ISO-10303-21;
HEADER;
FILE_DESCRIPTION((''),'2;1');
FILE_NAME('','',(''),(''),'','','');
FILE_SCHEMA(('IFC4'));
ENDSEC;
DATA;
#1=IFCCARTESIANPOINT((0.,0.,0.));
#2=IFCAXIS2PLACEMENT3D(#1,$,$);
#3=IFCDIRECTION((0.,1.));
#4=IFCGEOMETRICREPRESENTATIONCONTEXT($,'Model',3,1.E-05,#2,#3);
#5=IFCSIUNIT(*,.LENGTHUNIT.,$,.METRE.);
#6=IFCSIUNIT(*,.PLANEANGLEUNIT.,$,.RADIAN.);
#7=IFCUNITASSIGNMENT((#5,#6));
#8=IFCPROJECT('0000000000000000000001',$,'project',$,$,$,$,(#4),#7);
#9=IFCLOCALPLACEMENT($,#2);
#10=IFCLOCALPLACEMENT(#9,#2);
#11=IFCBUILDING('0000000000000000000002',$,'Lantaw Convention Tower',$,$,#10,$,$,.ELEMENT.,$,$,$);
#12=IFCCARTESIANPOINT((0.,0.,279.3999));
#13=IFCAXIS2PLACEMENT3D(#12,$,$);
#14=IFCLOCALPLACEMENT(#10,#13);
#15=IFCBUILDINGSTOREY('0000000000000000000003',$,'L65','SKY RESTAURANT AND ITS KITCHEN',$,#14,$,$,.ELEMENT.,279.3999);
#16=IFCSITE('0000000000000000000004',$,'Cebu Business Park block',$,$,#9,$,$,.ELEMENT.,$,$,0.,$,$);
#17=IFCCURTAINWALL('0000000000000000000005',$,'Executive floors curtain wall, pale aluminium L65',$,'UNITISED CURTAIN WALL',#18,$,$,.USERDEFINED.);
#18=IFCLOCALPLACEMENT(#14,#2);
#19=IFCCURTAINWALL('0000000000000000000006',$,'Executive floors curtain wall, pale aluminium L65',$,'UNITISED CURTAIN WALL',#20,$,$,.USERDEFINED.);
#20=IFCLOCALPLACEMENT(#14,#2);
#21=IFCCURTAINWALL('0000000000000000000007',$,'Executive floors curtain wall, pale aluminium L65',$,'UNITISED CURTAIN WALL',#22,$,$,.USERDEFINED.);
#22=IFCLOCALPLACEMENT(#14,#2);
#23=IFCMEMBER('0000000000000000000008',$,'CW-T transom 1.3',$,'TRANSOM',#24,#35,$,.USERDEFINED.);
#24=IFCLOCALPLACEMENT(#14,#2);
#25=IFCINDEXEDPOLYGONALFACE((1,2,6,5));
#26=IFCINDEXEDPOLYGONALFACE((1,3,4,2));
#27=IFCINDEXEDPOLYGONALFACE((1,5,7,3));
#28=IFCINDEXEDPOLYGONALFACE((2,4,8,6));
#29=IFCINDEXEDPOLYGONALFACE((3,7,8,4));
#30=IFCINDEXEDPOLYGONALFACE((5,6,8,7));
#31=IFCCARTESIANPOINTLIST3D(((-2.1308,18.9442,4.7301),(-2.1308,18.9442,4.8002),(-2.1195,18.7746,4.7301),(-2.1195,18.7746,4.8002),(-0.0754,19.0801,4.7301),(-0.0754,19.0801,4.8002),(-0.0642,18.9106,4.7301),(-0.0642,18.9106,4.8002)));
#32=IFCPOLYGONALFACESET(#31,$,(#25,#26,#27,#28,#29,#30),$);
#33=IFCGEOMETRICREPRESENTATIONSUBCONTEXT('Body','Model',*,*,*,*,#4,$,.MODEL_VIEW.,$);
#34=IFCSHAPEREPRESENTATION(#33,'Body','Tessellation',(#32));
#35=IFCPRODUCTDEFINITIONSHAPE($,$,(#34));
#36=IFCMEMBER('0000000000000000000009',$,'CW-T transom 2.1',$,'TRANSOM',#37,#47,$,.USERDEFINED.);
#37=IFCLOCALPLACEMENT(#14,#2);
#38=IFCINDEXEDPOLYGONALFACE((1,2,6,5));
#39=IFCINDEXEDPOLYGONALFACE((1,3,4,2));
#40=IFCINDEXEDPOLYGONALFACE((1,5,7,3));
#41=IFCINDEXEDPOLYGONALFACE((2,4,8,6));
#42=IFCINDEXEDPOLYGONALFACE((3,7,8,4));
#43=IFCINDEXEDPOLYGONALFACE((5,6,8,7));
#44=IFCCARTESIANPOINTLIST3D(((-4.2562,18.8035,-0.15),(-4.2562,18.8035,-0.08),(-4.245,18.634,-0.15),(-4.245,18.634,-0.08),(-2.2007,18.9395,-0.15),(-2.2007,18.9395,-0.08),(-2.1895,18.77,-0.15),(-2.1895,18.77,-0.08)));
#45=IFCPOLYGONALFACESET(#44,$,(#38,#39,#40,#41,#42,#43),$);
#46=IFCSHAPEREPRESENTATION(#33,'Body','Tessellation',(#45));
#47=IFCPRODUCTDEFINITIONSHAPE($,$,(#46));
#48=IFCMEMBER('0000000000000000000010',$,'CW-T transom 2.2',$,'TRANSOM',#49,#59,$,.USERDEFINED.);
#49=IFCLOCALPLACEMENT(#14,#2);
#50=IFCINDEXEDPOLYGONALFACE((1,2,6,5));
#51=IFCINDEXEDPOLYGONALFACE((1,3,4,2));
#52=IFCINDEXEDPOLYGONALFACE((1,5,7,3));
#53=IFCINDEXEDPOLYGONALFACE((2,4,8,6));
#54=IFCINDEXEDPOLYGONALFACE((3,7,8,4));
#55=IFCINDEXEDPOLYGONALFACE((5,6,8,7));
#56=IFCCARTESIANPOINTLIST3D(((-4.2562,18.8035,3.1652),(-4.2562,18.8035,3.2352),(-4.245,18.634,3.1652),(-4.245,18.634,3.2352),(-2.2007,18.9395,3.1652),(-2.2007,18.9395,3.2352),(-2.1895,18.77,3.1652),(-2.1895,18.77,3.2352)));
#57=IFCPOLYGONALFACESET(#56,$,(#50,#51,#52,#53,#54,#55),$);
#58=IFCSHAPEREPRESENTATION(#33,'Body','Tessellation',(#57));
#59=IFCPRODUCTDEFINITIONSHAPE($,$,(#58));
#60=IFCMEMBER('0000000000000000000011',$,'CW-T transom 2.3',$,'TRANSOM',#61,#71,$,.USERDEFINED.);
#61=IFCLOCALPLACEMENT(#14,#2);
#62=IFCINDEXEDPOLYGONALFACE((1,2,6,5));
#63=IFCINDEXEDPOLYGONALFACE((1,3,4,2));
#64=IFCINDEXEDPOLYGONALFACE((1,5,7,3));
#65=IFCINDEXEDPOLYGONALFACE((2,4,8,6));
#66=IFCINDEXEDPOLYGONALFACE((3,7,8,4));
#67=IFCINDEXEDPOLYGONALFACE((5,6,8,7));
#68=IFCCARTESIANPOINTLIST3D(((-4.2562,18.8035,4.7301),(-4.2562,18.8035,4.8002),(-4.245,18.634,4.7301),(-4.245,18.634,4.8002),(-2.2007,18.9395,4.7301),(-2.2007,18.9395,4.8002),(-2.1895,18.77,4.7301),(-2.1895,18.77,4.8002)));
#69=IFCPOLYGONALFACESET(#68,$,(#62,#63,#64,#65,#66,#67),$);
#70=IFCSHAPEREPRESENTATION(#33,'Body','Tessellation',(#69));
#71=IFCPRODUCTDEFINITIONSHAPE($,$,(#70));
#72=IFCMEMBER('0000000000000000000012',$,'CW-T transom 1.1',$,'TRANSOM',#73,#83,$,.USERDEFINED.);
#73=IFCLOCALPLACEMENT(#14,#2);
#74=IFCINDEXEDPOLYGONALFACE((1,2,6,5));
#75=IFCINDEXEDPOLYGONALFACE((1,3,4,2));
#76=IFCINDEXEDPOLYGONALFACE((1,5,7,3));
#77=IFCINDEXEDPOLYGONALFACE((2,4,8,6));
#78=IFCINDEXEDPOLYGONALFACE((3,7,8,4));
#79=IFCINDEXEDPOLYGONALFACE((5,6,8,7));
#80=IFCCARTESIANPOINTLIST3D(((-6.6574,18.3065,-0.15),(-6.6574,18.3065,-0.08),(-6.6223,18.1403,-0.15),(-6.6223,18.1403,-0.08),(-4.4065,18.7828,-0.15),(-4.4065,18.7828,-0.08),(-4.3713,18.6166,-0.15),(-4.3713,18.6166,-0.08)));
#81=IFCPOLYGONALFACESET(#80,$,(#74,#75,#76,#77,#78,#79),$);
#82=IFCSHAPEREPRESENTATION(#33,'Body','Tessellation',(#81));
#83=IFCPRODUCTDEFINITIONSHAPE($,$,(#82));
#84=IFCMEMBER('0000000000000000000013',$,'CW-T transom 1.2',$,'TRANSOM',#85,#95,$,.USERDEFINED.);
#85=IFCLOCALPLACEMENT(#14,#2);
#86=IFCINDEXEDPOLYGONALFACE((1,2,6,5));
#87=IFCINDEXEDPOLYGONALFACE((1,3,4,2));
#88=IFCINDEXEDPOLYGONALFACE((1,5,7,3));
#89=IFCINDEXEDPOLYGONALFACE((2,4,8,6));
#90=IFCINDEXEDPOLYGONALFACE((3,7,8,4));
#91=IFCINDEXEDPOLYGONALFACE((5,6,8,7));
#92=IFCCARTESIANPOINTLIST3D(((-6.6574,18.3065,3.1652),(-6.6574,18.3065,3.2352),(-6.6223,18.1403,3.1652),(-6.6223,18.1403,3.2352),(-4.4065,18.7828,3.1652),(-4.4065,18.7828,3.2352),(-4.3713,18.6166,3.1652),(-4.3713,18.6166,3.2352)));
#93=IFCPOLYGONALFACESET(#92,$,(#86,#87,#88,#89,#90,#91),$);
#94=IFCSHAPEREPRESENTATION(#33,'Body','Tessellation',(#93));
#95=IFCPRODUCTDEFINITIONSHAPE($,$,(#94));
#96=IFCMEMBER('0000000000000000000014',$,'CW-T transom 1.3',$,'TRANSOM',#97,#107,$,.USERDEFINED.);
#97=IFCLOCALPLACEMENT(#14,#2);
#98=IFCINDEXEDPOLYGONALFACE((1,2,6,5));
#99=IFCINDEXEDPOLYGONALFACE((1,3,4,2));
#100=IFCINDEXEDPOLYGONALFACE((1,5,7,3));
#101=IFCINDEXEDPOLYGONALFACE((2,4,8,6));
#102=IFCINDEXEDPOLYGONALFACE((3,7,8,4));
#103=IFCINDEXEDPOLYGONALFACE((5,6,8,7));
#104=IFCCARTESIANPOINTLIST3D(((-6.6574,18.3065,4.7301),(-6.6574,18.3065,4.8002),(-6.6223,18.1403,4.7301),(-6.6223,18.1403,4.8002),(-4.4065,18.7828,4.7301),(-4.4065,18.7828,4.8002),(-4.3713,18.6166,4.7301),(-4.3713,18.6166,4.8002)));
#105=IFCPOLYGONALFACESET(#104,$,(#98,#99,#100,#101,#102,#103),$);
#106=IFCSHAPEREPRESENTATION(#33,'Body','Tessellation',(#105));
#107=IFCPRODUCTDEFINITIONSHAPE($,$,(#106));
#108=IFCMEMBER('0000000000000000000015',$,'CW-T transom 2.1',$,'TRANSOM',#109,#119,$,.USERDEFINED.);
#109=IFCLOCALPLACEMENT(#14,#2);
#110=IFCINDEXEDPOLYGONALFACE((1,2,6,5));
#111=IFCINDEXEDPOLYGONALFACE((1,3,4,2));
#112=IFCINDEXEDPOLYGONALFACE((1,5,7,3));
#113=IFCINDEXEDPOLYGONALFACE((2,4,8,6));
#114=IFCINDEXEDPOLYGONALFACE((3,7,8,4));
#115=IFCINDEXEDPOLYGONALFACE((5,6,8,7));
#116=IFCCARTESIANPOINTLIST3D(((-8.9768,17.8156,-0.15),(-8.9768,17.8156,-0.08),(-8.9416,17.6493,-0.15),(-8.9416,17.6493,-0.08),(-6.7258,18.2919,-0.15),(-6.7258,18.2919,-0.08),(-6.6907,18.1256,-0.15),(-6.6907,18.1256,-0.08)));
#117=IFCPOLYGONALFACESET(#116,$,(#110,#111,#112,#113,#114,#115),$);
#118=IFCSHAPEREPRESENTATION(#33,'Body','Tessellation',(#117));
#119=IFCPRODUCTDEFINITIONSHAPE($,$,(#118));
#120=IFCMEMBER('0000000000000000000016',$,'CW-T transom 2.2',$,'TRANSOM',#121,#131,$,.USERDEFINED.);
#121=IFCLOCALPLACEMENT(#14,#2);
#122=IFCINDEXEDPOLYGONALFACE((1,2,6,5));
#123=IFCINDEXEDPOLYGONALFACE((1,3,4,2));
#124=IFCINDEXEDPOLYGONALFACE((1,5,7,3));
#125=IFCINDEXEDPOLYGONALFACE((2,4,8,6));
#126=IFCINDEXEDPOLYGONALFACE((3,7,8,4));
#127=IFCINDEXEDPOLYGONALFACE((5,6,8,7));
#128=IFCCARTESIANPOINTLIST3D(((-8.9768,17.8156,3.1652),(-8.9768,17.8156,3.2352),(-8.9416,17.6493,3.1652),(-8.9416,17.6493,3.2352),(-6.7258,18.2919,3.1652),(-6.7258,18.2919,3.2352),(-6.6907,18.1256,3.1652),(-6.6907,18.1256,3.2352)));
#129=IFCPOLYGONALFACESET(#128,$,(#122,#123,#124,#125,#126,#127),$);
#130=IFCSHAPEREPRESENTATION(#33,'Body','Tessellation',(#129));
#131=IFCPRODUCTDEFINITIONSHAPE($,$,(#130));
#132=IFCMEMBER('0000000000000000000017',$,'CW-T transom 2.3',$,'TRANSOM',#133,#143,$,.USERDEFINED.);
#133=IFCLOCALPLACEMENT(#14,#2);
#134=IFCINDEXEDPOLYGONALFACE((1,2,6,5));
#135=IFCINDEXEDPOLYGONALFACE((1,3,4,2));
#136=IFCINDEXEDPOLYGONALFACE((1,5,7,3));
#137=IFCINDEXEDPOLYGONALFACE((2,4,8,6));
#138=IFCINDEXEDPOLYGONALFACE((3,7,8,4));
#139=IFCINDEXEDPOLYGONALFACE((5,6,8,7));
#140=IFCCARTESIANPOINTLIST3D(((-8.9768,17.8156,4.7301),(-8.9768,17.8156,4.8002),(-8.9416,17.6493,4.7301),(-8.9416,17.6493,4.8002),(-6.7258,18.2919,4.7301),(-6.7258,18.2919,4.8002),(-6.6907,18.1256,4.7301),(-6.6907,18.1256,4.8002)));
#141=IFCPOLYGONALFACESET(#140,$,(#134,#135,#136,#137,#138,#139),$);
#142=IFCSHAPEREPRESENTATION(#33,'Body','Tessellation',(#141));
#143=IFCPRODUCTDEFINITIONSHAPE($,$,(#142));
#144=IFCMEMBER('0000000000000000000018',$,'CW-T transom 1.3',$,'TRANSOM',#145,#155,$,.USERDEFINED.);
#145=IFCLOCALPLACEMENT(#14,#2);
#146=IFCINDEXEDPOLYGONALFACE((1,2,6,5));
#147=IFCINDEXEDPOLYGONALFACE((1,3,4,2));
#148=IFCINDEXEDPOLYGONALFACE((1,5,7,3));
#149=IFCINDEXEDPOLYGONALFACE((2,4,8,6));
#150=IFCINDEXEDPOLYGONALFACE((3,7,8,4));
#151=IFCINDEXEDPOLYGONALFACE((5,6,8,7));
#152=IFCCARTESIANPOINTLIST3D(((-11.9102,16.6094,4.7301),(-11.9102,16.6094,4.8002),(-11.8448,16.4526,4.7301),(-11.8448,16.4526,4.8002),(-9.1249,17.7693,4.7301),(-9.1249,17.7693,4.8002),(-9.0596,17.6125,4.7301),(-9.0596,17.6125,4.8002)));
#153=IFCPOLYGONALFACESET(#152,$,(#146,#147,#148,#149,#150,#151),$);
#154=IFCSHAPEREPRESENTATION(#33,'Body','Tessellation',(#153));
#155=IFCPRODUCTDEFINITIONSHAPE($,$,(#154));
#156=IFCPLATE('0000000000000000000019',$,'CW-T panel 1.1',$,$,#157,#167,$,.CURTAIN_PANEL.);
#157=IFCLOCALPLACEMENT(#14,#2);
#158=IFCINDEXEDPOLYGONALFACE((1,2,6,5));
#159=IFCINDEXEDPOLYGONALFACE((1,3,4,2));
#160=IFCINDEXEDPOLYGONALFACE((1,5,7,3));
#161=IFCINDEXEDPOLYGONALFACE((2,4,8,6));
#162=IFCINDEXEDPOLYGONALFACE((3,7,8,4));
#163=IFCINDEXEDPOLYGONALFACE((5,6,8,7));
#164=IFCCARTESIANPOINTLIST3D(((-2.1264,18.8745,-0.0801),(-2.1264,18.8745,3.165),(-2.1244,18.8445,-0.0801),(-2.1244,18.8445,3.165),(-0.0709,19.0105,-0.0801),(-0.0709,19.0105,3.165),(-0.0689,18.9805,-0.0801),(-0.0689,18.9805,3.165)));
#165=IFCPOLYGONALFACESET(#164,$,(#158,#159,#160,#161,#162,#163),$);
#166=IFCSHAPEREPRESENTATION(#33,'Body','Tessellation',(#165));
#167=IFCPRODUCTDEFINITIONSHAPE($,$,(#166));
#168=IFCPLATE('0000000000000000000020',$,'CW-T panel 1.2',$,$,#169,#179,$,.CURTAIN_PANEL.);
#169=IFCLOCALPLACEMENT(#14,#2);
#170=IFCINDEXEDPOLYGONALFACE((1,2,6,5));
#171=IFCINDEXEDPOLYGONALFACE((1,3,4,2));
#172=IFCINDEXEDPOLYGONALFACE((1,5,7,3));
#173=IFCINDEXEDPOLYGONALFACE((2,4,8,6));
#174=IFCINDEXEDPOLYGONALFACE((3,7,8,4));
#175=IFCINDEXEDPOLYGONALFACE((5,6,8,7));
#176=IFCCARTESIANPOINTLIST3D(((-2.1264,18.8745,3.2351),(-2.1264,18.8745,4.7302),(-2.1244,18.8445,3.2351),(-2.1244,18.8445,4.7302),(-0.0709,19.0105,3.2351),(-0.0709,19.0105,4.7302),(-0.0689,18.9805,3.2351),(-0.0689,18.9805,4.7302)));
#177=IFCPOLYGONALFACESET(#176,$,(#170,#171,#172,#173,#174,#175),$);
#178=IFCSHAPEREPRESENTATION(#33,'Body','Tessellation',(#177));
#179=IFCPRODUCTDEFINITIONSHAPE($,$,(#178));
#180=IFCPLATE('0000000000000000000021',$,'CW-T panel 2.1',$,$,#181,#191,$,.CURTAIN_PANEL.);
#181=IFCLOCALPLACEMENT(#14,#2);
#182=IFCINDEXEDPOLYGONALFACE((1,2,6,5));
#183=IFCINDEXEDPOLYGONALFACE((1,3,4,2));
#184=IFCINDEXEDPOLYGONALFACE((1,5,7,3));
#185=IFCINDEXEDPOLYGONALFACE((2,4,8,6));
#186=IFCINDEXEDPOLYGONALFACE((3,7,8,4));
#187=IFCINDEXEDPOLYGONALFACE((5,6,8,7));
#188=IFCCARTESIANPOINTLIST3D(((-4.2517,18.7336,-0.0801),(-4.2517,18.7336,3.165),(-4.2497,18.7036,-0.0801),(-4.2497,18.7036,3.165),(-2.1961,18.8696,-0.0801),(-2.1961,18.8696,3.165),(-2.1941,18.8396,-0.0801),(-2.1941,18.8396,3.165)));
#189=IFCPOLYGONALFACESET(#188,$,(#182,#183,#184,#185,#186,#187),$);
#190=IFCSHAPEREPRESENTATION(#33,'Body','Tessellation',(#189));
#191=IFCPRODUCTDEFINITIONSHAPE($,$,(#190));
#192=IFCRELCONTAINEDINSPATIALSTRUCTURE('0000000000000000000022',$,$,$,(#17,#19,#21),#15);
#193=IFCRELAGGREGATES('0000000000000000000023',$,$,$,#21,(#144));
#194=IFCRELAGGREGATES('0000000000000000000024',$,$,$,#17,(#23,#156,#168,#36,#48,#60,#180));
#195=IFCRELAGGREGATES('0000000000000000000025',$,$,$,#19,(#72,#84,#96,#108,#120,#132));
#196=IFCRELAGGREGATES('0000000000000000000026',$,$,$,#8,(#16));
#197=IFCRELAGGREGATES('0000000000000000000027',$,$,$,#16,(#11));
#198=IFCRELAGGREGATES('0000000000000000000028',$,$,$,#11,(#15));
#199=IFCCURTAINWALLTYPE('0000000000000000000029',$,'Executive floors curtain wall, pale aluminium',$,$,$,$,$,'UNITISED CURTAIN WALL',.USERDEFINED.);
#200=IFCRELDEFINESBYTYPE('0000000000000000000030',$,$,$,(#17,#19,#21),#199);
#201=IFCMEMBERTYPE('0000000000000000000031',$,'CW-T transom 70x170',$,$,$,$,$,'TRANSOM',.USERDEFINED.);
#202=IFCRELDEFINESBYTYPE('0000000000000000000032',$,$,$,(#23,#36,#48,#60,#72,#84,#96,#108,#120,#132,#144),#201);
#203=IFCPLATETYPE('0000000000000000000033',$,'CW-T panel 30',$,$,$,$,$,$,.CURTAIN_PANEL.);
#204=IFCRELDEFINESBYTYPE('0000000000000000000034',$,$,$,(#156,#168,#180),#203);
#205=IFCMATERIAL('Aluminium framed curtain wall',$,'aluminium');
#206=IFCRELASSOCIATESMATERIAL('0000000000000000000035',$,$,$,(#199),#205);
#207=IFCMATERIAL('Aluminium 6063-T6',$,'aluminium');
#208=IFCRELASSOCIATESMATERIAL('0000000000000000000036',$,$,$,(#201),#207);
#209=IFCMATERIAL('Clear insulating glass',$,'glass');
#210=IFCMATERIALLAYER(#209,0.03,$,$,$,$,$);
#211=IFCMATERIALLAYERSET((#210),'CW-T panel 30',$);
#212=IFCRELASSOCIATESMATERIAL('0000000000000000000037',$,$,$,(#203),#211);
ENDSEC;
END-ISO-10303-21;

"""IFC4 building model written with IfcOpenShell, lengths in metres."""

from ifc_helpers import new_model, si_unit, direction, frame, origin, origin_2d, place, context, subcontext, project, spatial, rectangle, extrude, material, layer, layer_set, material_profile, profile_set, type_object, element, aggregate, save


model = new_model("IFC4")

# Units and contexts
model_context = context("Model", 3, precision=1e-05, world=origin(), true_north=direction((0.0, 1.0)))
body_context = subcontext(model_context, "Body", "Model", "MODEL_VIEW")
ifc_project = project(units=[si_unit("LENGTHUNIT", "METRE"), si_unit("PLANEANGLEUNIT", "RADIAN")], contexts=[model_context])

# Site, building, storey
site_placement = place(None, origin())
site = spatial("IfcSite", under=ifc_project, at=site_placement, Name="Cebu Business Park block", CompositionType="ELEMENT", RefElevation=0.0)
building_placement = place(site_placement, origin())
building = spatial("IfcBuilding", under=site, at=building_placement, Name="Lantaw Convention Tower", CompositionType="ELEMENT")
storey_placement = place(building_placement, frame((0.0, 0.0, 279.3999)))
storey = spatial("IfcBuildingStorey", under=building, at=storey_placement, Name="L65", Description="SKY RESTAURANT AND ITS KITCHEN", CompositionType="ELEMENT", Elevation=279.3999)

# Curtain walls
ifc_material_1 = material(Name="Aluminium framed curtain wall", Category="aluminium")
curtain_wall_type = type_object("IfcCurtainWallType", Name="Executive floors curtain wall, pale aluminium", ElementType="UNITISED CURTAIN WALL", PredefinedType="USERDEFINED", material=ifc_material_1)
curtain_wall_1_placement = place(storey_placement, origin())
curtain_wall_1 = element("IfcCurtainWall", 1, at=curtain_wall_1_placement, inside=storey, type_object=curtain_wall_type, Name="Executive floors curtain wall, pale aluminium L65", ObjectType="UNITISED CURTAIN WALL", PredefinedType="USERDEFINED")
ifc_material_2 = material(Name="Aluminium 6063-T6", Category="aluminium")
curtain_wall_2_placement = place(storey_placement, origin())
curtain_wall_2 = element("IfcCurtainWall", 2, at=curtain_wall_2_placement, inside=storey, type_object=curtain_wall_type, Name="Executive floors curtain wall, pale aluminium L65", ObjectType="UNITISED CURTAIN WALL", PredefinedType="USERDEFINED")

# Curtain wall
curtain_wall_3_placement = place(storey_placement, origin())
curtain_wall_3 = element("IfcCurtainWall", 3, at=curtain_wall_3_placement, inside=storey, type_object=curtain_wall_type, Name="Executive floors curtain wall, pale aluminium L65", ObjectType="UNITISED CURTAIN WALL", PredefinedType="USERDEFINED")

# Members
ifc_material_profile_1 = material_profile(ifc_material_2, rectangle(XDim=0.1699, YDim=0.0701, at=origin_2d()), Name="CW-T transom 70x170")
ifc_profile_set_1 = profile_set([ifc_material_profile_1], Name="Aluminium 6063-T6")
member_type_1 = type_object("IfcMemberType", Name="CW-T transom 70x170", ElementType="TRANSOM", PredefinedType="USERDEFINED", material=ifc_profile_set_1)
member_1_placement = place(storey_placement, frame((-0.0698, 18.9954, 4.7651), z_axis=(-0.997819, -0.066016, 0.0), x_axis=(0.066016, -0.997819, 0.0)))
member_1 = element("IfcMember", 4, at=member_1_placement, type_object=member_type_1, Name="CW-T transom 1.3", ObjectType="TRANSOM", PredefinedType="USERDEFINED", context=body_context, shape_type="SweptSolid", body=[
    extrude(rectangle(XDim=0.1699, YDim=0.0701, at=origin_2d()), origin(), (0.0, 0.0, 1.0), 2.0598),
])
member_2_placement = place(storey_placement, frame((-2.1951, 18.8547, -0.115), z_axis=(-0.997819, -0.066008, 0.0), x_axis=(0.066008, -0.997819, 0.0)))
member_2 = element("IfcMember", 5, at=member_2_placement, type_object=member_type_1, Name="CW-T transom 2.1", ObjectType="TRANSOM", PredefinedType="USERDEFINED", context=body_context, shape_type="SweptSolid", body=[
    extrude(rectangle(XDim=0.1699, YDim=0.0701, at=origin_2d()), origin(), (0.0, 0.0, 1.0), 2.0601),
])
member_3_placement = place(storey_placement, frame((-2.1951, 18.8547, 3.2002), z_axis=(-0.997819, -0.066008, 0.0), x_axis=(0.066008, -0.997819, 0.0)))
member_3 = element("IfcMember", 6, at=member_3_placement, type_object=member_type_1, Name="CW-T transom 2.2", ObjectType="TRANSOM", PredefinedType="USERDEFINED", context=body_context, shape_type="SweptSolid", body=[
    extrude(rectangle(XDim=0.1699, YDim=0.0701, at=origin_2d()), origin(), (0.0, 0.0, 1.0), 2.0601),
])
member_4_placement = place(storey_placement, frame((-2.1951, 18.8547, 4.7651), z_axis=(-0.997819, -0.066008, 0.0), x_axis=(0.066008, -0.997819, 0.0)))
member_4 = element("IfcMember", 7, at=member_4_placement, type_object=member_type_1, Name="CW-T transom 2.3", ObjectType="TRANSOM", PredefinedType="USERDEFINED", context=body_context, shape_type="SweptSolid", body=[
    extrude(rectangle(XDim=0.1699, YDim=0.0701, at=origin_2d()), origin(), (0.0, 0.0, 1.0), 2.0601),
])
member_5_placement = place(storey_placement, frame((-4.3889, 18.6997, -0.115), z_axis=(-0.978336, -0.207021, 0.0), x_axis=(0.207021, -0.978336, 0.0)))
member_5 = element("IfcMember", 8, at=member_5_placement, type_object=member_type_1, Name="CW-T transom 1.1", ObjectType="TRANSOM", PredefinedType="USERDEFINED", context=body_context, shape_type="SweptSolid", body=[
    extrude(rectangle(XDim=0.1699, YDim=0.0701, at=origin_2d()), origin(), (0.0, 0.0, 1.0), 2.3008),
])
member_6_placement = place(storey_placement, frame((-4.3889, 18.6997, 3.2002), z_axis=(-0.978336, -0.207021, 0.0), x_axis=(0.207021, -0.978336, 0.0)))
member_6 = element("IfcMember", 9, at=member_6_placement, type_object=member_type_1, Name="CW-T transom 1.2", ObjectType="TRANSOM", PredefinedType="USERDEFINED", context=body_context, shape_type="SweptSolid", body=[
    extrude(rectangle(XDim=0.1699, YDim=0.0701, at=origin_2d()), origin(), (0.0, 0.0, 1.0), 2.3008),
])
member_7_placement = place(storey_placement, frame((-4.3889, 18.6997, 4.7651), z_axis=(-0.978336, -0.207021, 0.0), x_axis=(0.207021, -0.978336, 0.0)))
member_7 = element("IfcMember", 10, at=member_7_placement, type_object=member_type_1, Name="CW-T transom 1.3", ObjectType="TRANSOM", PredefinedType="USERDEFINED", context=body_context, shape_type="SweptSolid", body=[
    extrude(rectangle(XDim=0.1699, YDim=0.0701, at=origin_2d()), origin(), (0.0, 0.0, 1.0), 2.3008),
])
member_8_placement = place(storey_placement, frame((-6.7083, 18.2087, -0.115), z_axis=(-0.978336, -0.207021, 0.0), x_axis=(0.207021, -0.978336, 0.0)))
member_8 = element("IfcMember", 11, at=member_8_placement, type_object=member_type_1, Name="CW-T transom 2.1", ObjectType="TRANSOM", PredefinedType="USERDEFINED", context=body_context, shape_type="SweptSolid", body=[
    extrude(rectangle(XDim=0.1699, YDim=0.0701, at=origin_2d()), origin(), (0.0, 0.0, 1.0), 2.3008),
])
member_9_placement = place(storey_placement, frame((-6.7083, 18.2087, 3.2002), z_axis=(-0.978336, -0.207021, 0.0), x_axis=(0.207021, -0.978336, 0.0)))
member_9 = element("IfcMember", 12, at=member_9_placement, type_object=member_type_1, Name="CW-T transom 2.2", ObjectType="TRANSOM", PredefinedType="USERDEFINED", context=body_context, shape_type="SweptSolid", body=[
    extrude(rectangle(XDim=0.1699, YDim=0.0701, at=origin_2d()), origin(), (0.0, 0.0, 1.0), 2.3008),
])
member_10_placement = place(storey_placement, frame((-6.7083, 18.2087, 4.7651), z_axis=(-0.978336, -0.207021, 0.0), x_axis=(0.207021, -0.978336, 0.0)))
member_10 = element("IfcMember", 13, at=member_10_placement, type_object=member_type_1, Name="CW-T transom 2.3", ObjectType="TRANSOM", PredefinedType="USERDEFINED", context=body_context, shape_type="SweptSolid", body=[
    extrude(rectangle(XDim=0.1699, YDim=0.0701, at=origin_2d()), origin(), (0.0, 0.0, 1.0), 2.3008),
])
member_11_placement = place(storey_placement, frame((-9.0923, 17.6909, 4.7651), z_axis=(-0.923144, -0.384454, 0.0), x_axis=(0.384454, -0.923144, 0.0)))
member_11 = element("IfcMember", 14, at=member_11_placement, type_object=member_type_1, Name="CW-T transom 1.3", ObjectType="TRANSOM", PredefinedType="USERDEFINED", context=body_context, shape_type="SweptSolid", body=[
    extrude(rectangle(XDim=0.1699, YDim=0.0701, at=origin_2d()), origin(), (0.0, 0.0, 1.0), 3.0171),
])
aggregate(curtain_wall_3, [member_11])

# Plates
ifc_material_3 = material(Name="Clear insulating glass", Category="glass")
ifc_layer_1 = layer(ifc_material_3, 0.03)
ifc_layer_set_1 = layer_set([ifc_layer_1], Name="CW-T panel 30")
plate_type_1 = type_object("IfcPlateType", Name="CW-T panel 30", PredefinedType="CURTAIN_PANEL", material=ifc_layer_set_1)
plate_1_placement = place(storey_placement, frame((-1.0977, 18.9275, -0.0801), z_axis=(0.0, 0.0, 1.0), x_axis=(-0.997818, -0.066025, 0.0)))
plate_1 = element("IfcPlate", 15, at=plate_1_placement, type_object=plate_type_1, Name="CW-T panel 1.1", PredefinedType="CURTAIN_PANEL", context=body_context, shape_type="SweptSolid", body=[
    extrude(rectangle(XDim=2.0601, YDim=0.03, at=origin_2d()), origin(), (0.0, 0.0, 1.0), 3.2451),
])
plate_2_placement = place(storey_placement, frame((-1.0977, 18.9275, 3.2351), z_axis=(0.0, 0.0, 1.0), x_axis=(-0.997818, -0.066025, 0.0)))
plate_2 = element("IfcPlate", 16, at=plate_2_placement, type_object=plate_type_1, Name="CW-T panel 1.2", PredefinedType="CURTAIN_PANEL", context=body_context, shape_type="SweptSolid", body=[
    extrude(rectangle(XDim=2.0601, YDim=0.03, at=origin_2d()), origin(), (0.0, 0.0, 1.0), 1.4951),
])
plate_3_placement = place(storey_placement, frame((-3.2229, 18.7866, -0.0801), z_axis=(0.0, 0.0, 1.0), x_axis=(-0.997818, -0.066025, 0.0)))
plate_3 = element("IfcPlate", 17, at=plate_3_placement, type_object=plate_type_1, Name="CW-T panel 2.1", PredefinedType="CURTAIN_PANEL", context=body_context, shape_type="SweptSolid", body=[
    extrude(rectangle(XDim=2.0601, YDim=0.03, at=origin_2d()), origin(), (0.0, 0.0, 1.0), 3.2451),
])
aggregate(curtain_wall_1, [member_1, plate_1, plate_2, member_2, member_3, member_4, plate_3])
aggregate(curtain_wall_2, [member_5, member_6, member_7, member_8, member_9, member_10])

save(model, "model.ifc")
